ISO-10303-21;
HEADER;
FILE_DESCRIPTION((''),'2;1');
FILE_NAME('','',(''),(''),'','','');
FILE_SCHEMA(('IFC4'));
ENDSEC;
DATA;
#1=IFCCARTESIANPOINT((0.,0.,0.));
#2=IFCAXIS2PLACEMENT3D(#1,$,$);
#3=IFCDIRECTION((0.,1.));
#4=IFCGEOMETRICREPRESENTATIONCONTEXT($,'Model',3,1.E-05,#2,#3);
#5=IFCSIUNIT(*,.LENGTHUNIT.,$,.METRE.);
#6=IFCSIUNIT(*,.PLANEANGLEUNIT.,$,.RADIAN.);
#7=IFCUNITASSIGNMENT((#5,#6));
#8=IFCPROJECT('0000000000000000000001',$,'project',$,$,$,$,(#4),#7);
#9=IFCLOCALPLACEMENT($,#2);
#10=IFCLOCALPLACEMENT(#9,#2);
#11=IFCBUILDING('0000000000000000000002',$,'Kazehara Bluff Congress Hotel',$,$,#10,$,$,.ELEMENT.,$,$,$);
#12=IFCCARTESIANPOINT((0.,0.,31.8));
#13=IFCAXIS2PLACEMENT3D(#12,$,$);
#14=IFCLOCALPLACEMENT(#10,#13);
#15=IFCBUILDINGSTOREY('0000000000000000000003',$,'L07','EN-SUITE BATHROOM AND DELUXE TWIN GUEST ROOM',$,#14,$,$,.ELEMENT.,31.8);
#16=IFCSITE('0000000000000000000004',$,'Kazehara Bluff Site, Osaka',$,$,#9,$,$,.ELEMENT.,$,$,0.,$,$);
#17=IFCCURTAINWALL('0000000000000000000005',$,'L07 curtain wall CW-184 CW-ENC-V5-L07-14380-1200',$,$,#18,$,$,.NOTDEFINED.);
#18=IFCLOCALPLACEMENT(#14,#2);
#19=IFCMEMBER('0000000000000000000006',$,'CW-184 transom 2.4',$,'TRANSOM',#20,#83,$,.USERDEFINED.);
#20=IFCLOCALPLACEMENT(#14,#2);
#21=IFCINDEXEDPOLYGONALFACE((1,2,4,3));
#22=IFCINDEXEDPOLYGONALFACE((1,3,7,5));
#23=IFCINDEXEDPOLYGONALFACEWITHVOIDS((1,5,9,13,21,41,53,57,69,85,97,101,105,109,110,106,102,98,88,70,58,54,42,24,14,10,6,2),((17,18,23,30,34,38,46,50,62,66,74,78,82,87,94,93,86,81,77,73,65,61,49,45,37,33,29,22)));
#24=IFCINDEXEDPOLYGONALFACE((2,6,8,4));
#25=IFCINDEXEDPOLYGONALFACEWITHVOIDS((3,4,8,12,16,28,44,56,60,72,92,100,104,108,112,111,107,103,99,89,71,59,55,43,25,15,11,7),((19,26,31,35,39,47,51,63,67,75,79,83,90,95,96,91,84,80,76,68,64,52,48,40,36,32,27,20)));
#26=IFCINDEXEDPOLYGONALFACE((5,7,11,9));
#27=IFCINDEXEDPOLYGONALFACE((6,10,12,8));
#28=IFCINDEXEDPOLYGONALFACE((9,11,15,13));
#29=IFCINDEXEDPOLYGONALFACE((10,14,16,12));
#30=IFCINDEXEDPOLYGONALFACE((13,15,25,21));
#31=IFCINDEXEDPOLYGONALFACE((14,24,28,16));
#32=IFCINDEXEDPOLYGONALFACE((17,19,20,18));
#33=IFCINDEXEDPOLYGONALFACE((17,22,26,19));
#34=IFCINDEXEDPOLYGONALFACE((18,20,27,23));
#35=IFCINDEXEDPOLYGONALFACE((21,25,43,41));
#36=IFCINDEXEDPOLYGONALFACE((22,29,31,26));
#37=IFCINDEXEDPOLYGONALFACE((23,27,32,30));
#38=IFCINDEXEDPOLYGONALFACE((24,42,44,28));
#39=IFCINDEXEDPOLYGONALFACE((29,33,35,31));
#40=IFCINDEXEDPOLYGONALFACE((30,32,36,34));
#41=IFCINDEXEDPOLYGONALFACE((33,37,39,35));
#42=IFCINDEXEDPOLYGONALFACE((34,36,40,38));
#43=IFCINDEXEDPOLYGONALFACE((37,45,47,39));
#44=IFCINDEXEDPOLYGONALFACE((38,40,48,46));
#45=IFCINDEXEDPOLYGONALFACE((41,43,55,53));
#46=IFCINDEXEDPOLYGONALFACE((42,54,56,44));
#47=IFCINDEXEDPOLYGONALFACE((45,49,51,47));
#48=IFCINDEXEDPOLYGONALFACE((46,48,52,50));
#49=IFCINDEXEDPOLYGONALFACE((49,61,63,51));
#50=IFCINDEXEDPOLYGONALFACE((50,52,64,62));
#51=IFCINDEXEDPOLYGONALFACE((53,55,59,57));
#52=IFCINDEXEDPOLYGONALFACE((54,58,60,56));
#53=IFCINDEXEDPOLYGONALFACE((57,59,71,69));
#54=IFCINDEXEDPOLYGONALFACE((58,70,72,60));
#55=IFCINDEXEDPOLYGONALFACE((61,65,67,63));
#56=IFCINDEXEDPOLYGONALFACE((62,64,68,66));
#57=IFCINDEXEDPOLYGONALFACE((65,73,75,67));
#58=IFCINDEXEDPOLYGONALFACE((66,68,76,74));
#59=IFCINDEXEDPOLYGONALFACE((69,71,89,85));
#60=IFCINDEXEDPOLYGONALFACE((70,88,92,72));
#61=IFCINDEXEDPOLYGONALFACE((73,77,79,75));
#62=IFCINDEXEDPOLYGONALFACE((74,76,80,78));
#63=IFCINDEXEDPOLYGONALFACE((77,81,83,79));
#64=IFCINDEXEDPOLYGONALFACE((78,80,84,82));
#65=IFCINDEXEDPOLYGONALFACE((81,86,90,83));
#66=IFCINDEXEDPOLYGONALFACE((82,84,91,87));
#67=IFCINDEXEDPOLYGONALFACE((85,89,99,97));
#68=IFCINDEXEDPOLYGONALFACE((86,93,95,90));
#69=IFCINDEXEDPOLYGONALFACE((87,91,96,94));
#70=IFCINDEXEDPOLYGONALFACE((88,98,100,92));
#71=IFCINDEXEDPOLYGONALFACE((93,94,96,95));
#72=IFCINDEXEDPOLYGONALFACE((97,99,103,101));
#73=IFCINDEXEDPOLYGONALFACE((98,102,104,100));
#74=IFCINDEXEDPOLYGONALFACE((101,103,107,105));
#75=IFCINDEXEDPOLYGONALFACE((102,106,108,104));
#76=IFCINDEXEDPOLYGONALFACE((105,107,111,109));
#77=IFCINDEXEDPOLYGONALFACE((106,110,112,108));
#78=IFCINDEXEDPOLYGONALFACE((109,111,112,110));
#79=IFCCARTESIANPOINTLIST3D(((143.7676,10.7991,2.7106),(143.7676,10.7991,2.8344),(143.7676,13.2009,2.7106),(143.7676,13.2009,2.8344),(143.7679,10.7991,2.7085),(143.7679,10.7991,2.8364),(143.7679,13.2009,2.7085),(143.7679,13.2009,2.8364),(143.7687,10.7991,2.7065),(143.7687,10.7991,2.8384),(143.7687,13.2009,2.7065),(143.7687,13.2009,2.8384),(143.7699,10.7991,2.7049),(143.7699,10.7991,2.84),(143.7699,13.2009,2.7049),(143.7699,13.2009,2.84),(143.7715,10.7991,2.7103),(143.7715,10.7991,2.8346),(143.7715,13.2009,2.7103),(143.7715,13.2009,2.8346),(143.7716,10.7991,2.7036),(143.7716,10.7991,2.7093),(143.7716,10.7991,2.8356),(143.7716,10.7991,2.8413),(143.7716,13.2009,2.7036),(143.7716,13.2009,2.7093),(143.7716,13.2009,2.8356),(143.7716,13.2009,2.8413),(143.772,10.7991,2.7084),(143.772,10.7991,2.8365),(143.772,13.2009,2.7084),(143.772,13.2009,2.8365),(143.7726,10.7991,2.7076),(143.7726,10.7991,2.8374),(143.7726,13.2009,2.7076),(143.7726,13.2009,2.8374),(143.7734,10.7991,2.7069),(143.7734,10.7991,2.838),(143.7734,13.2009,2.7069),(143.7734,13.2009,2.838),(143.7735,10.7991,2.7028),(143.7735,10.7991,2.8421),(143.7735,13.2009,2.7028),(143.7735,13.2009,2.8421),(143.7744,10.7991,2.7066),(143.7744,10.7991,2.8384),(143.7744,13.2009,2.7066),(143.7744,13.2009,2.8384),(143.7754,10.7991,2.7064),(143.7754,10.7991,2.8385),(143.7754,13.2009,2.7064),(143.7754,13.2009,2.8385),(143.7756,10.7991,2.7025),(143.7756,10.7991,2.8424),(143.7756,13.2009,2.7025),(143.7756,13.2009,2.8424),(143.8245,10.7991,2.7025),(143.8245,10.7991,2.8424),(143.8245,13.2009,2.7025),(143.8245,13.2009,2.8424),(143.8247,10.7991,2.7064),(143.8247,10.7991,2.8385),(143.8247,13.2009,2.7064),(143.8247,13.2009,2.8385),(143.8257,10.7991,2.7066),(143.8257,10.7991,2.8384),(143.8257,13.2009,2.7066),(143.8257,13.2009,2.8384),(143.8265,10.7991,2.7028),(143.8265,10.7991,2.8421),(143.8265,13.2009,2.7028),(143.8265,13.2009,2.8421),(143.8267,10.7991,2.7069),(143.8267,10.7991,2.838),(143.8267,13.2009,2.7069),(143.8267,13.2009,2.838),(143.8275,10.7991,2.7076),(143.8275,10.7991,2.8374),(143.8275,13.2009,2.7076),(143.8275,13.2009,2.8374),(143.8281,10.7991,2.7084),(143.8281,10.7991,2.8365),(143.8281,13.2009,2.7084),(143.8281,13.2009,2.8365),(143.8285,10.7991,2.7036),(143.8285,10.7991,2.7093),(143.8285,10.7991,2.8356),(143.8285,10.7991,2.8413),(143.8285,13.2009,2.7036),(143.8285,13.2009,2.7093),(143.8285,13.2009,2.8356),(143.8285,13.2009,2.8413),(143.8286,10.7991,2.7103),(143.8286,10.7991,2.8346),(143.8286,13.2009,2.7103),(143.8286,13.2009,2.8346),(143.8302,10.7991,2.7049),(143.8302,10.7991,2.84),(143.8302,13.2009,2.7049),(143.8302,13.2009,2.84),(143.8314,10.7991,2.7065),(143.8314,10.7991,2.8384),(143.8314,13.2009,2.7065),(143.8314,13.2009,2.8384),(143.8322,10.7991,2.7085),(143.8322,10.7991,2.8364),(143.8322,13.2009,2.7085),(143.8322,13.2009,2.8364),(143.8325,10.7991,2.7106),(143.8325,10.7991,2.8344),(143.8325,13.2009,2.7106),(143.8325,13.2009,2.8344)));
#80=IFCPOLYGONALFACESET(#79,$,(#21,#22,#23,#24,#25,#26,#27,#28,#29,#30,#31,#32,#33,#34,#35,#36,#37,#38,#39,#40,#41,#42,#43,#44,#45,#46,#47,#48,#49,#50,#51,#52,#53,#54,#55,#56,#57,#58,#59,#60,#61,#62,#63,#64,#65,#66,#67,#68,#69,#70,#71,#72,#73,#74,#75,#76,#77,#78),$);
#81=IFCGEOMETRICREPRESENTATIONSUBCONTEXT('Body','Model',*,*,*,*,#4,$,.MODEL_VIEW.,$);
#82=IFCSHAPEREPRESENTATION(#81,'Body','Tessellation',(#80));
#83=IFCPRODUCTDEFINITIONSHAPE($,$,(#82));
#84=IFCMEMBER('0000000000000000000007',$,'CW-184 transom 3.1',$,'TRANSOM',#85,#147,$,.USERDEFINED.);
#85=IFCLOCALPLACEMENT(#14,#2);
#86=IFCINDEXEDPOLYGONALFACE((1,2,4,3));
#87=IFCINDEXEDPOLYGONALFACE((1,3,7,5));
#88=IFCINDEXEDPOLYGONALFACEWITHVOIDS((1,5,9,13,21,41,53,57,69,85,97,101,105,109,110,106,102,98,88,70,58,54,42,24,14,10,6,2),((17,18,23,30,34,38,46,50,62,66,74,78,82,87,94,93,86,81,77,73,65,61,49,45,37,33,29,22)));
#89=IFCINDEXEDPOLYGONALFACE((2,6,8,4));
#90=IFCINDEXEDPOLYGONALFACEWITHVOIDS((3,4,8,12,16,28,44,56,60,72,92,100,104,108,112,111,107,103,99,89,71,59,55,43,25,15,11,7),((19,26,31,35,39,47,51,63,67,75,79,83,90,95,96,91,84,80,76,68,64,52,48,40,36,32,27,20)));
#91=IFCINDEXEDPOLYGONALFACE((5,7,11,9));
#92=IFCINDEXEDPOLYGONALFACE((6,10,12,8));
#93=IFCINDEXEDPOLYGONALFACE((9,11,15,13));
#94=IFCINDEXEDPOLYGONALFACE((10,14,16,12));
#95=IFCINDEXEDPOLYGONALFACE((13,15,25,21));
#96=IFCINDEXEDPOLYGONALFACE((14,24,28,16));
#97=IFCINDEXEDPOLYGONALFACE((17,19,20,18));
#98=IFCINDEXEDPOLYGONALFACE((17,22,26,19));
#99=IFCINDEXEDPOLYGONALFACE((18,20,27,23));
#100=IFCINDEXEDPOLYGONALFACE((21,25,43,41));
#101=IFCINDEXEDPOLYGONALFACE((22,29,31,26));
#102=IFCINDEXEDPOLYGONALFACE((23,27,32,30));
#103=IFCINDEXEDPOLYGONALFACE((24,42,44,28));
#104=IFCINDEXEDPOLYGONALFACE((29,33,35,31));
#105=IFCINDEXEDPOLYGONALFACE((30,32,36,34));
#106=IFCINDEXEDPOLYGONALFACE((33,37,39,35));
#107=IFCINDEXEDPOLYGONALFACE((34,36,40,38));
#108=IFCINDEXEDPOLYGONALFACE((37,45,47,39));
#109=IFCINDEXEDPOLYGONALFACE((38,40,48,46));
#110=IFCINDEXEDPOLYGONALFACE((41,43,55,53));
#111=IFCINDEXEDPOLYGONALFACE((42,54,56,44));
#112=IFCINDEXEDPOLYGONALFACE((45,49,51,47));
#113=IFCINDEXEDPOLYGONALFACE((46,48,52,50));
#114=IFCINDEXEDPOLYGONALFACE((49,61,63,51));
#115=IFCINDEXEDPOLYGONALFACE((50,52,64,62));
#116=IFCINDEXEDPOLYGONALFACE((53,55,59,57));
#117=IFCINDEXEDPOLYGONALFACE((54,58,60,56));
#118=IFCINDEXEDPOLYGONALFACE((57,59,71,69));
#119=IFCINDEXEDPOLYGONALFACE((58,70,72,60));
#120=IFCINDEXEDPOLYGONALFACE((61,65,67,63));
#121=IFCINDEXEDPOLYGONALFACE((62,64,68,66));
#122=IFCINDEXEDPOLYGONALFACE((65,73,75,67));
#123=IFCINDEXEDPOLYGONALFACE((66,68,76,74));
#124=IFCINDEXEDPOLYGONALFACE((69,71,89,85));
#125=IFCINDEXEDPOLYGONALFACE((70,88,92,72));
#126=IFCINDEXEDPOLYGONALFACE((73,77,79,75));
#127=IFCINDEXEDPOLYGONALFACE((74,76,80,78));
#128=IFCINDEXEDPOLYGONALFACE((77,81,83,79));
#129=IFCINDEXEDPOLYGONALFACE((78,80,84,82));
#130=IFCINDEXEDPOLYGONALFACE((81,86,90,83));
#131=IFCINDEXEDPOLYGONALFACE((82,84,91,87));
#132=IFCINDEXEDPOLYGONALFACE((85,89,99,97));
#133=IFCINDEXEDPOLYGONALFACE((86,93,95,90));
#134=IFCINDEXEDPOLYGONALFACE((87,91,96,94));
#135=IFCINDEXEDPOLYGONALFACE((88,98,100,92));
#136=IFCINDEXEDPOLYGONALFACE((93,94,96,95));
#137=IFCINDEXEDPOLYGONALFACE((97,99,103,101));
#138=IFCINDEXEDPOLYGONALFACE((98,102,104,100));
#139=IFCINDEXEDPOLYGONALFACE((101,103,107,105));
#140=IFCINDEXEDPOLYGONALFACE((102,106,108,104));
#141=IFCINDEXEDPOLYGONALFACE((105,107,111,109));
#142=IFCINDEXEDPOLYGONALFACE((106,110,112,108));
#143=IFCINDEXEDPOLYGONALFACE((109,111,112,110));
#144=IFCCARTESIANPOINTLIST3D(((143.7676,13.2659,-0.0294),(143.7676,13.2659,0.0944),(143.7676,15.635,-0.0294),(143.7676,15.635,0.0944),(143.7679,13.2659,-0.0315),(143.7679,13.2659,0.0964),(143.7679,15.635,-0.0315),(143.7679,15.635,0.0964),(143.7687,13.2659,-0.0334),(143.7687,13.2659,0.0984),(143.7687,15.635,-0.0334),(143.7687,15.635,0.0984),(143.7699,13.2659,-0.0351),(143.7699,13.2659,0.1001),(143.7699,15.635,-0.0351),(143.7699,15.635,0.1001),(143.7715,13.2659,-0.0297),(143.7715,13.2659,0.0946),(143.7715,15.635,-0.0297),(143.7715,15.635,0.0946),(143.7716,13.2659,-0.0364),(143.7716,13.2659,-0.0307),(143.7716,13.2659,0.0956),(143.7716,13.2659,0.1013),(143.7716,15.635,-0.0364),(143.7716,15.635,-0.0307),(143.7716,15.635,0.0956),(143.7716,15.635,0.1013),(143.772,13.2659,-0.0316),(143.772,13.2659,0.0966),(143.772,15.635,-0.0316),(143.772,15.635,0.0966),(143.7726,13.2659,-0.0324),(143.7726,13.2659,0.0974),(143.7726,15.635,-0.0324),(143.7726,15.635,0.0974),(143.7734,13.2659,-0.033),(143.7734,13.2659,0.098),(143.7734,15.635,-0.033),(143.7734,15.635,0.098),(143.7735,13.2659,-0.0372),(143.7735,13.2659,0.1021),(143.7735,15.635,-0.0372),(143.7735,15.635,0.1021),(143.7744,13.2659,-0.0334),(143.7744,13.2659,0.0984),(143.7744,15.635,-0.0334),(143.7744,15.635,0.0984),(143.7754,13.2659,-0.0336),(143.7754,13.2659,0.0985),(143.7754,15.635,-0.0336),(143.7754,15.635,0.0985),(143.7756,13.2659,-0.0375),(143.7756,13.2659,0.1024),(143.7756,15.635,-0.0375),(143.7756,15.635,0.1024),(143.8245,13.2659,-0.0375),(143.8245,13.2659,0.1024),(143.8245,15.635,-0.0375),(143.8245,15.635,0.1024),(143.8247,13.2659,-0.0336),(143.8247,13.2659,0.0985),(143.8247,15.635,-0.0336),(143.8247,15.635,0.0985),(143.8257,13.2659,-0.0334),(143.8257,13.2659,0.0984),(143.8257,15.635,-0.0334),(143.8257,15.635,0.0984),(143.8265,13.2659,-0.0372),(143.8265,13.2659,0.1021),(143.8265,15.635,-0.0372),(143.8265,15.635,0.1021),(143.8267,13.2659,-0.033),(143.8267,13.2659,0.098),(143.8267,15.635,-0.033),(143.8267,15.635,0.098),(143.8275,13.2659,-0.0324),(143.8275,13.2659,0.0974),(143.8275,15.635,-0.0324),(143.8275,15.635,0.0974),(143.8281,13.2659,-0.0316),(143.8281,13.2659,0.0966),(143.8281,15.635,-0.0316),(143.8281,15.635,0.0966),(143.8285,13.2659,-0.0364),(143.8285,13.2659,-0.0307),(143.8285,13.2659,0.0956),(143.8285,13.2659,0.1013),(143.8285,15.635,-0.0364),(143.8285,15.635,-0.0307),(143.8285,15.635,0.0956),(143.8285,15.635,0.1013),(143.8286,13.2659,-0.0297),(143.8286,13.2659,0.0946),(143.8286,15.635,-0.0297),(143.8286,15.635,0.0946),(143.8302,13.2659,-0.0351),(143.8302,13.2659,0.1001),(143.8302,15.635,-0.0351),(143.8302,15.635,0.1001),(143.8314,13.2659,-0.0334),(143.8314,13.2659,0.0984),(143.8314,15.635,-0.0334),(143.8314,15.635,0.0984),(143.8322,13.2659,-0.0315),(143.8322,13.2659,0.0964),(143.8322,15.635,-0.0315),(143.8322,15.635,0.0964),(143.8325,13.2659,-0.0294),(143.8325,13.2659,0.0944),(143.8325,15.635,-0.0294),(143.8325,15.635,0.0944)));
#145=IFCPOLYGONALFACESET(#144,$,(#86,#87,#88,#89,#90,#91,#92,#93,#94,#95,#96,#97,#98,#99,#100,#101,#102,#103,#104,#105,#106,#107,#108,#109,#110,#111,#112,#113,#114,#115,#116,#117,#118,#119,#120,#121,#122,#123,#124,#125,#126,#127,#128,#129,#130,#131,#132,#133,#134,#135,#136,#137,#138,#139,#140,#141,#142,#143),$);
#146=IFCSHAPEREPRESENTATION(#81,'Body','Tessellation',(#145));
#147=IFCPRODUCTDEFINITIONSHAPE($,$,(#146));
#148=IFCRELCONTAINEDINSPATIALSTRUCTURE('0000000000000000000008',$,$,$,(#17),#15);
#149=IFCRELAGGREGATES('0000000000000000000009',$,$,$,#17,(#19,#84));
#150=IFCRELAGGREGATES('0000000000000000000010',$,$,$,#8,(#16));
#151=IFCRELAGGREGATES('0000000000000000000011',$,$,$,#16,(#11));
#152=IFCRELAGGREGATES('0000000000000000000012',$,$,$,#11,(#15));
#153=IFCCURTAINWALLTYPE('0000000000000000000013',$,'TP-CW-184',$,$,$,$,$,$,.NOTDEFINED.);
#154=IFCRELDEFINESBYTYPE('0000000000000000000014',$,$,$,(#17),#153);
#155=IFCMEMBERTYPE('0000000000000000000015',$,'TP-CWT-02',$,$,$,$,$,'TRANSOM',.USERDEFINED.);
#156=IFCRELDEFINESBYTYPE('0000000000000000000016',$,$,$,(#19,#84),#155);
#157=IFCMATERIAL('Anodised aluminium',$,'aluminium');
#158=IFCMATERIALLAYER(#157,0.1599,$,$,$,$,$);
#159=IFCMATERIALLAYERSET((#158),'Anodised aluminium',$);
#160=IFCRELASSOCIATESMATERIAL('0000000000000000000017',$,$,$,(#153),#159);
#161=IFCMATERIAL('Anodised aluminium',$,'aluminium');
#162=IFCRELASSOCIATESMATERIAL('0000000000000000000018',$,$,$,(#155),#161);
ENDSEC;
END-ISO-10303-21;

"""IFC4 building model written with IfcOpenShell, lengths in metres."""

from ifc_helpers import new_model, si_unit, direction, frame, origin, origin_2d, place, context, subcontext, project, spatial, hollow_rectangle, extrude, material, layer, layer_set, material_profile, profile_set, type_object, element, aggregate, save


model = new_model("IFC4")

# Units and contexts
model_context = context("Model", 3, precision=1e-05, world=origin(), true_north=direction((0.0, 1.0)))
body_context = subcontext(model_context, "Body", "Model", "MODEL_VIEW")
ifc_project = project(units=[si_unit("LENGTHUNIT", "METRE"), si_unit("PLANEANGLEUNIT", "RADIAN")], contexts=[model_context])

# Site, building, storey
site_placement = place(None, origin())
site = spatial("IfcSite", under=ifc_project, at=site_placement, Name="Kazehara Bluff Site, Osaka", CompositionType="ELEMENT", RefElevation=0.0)
building_placement = place(site_placement, origin())
building = spatial("IfcBuilding", under=site, at=building_placement, Name="Kazehara Bluff Congress Hotel", CompositionType="ELEMENT")
storey_placement = place(building_placement, frame((0.0, 0.0, 31.8)))
storey = spatial("IfcBuildingStorey", under=building, at=storey_placement, Name="L07", Description="EN-SUITE BATHROOM AND DELUXE TWIN GUEST ROOM", CompositionType="ELEMENT", Elevation=31.8)

# Curtain wall
ifc_material_1 = material(Name="Anodised aluminium", Category="aluminium")
ifc_layer_1 = layer(ifc_material_1, 0.1599)
ifc_layer_set_1 = layer_set([ifc_layer_1], Name="Anodised aluminium")
curtain_wall_type_1 = type_object("IfcCurtainWallType", Name="TP-CW-184", PredefinedType="NOTDEFINED", material=ifc_layer_set_1)
curtain_wall_1_placement = place(storey_placement, origin())
curtain_wall_1 = element("IfcCurtainWall", 1, at=curtain_wall_1_placement, inside=storey, type_object=curtain_wall_type_1, Name="L07 curtain wall CW-184 CW-ENC-V5-L07-14380-1200", PredefinedType="NOTDEFINED")

# Members
ifc_material_2 = material(Name="Anodised aluminium", Category="aluminium")
ifc_material_profile_1 = material_profile(ifc_material_2, hollow_rectangle(XDim=0.0649, YDim=0.1399, WallThickness=0.0039, InnerFilletRadius=0.0039, OuterFilletRadius=0.0081, at=origin_2d()))
ifc_profile_set_1 = profile_set([ifc_material_profile_1], Name="Anodised aluminium")
member_type_1 = type_object("IfcMemberType", Name="TP-CWT-02", ElementType="TRANSOM", PredefinedType="USERDEFINED", material=ifc_profile_set_1)
member_1_placement = place(storey_placement, frame((143.8, 10.7991, 2.7725), z_axis=(0.0, 1.0, 0.0), x_axis=(-1.0, 0.0, 0.0)))
member_1 = element("IfcMember", 2, at=member_1_placement, type_object=member_type_1, Name="CW-184 transom 2.4", ObjectType="TRANSOM", PredefinedType="USERDEFINED", context=body_context, shape_type="SweptSolid", body=[
    extrude(hollow_rectangle(XDim=0.0649, YDim=0.1399, WallThickness=0.0039, InnerFilletRadius=0.0039, OuterFilletRadius=0.0081, at=origin_2d()), origin(), (0.0, 0.0, 1.0), 2.4019),
])
member_2_placement = place(storey_placement, frame((143.8, 13.2659, 0.0325), z_axis=(0.0, 1.0, 0.0), x_axis=(-1.0, 0.0, 0.0)))
member_2 = element("IfcMember", 3, at=member_2_placement, type_object=member_type_1, Name="CW-184 transom 3.1", ObjectType="TRANSOM", PredefinedType="USERDEFINED", context=body_context, shape_type="SweptSolid", body=[
    extrude(hollow_rectangle(XDim=0.0649, YDim=0.1399, WallThickness=0.0039, InnerFilletRadius=0.0039, OuterFilletRadius=0.0081, at=origin_2d()), origin(), (0.0, 0.0, 1.0), 2.3691),
])

aggregate(curtain_wall_1, [member_1, member_2])

save(model, "model.ifc")
